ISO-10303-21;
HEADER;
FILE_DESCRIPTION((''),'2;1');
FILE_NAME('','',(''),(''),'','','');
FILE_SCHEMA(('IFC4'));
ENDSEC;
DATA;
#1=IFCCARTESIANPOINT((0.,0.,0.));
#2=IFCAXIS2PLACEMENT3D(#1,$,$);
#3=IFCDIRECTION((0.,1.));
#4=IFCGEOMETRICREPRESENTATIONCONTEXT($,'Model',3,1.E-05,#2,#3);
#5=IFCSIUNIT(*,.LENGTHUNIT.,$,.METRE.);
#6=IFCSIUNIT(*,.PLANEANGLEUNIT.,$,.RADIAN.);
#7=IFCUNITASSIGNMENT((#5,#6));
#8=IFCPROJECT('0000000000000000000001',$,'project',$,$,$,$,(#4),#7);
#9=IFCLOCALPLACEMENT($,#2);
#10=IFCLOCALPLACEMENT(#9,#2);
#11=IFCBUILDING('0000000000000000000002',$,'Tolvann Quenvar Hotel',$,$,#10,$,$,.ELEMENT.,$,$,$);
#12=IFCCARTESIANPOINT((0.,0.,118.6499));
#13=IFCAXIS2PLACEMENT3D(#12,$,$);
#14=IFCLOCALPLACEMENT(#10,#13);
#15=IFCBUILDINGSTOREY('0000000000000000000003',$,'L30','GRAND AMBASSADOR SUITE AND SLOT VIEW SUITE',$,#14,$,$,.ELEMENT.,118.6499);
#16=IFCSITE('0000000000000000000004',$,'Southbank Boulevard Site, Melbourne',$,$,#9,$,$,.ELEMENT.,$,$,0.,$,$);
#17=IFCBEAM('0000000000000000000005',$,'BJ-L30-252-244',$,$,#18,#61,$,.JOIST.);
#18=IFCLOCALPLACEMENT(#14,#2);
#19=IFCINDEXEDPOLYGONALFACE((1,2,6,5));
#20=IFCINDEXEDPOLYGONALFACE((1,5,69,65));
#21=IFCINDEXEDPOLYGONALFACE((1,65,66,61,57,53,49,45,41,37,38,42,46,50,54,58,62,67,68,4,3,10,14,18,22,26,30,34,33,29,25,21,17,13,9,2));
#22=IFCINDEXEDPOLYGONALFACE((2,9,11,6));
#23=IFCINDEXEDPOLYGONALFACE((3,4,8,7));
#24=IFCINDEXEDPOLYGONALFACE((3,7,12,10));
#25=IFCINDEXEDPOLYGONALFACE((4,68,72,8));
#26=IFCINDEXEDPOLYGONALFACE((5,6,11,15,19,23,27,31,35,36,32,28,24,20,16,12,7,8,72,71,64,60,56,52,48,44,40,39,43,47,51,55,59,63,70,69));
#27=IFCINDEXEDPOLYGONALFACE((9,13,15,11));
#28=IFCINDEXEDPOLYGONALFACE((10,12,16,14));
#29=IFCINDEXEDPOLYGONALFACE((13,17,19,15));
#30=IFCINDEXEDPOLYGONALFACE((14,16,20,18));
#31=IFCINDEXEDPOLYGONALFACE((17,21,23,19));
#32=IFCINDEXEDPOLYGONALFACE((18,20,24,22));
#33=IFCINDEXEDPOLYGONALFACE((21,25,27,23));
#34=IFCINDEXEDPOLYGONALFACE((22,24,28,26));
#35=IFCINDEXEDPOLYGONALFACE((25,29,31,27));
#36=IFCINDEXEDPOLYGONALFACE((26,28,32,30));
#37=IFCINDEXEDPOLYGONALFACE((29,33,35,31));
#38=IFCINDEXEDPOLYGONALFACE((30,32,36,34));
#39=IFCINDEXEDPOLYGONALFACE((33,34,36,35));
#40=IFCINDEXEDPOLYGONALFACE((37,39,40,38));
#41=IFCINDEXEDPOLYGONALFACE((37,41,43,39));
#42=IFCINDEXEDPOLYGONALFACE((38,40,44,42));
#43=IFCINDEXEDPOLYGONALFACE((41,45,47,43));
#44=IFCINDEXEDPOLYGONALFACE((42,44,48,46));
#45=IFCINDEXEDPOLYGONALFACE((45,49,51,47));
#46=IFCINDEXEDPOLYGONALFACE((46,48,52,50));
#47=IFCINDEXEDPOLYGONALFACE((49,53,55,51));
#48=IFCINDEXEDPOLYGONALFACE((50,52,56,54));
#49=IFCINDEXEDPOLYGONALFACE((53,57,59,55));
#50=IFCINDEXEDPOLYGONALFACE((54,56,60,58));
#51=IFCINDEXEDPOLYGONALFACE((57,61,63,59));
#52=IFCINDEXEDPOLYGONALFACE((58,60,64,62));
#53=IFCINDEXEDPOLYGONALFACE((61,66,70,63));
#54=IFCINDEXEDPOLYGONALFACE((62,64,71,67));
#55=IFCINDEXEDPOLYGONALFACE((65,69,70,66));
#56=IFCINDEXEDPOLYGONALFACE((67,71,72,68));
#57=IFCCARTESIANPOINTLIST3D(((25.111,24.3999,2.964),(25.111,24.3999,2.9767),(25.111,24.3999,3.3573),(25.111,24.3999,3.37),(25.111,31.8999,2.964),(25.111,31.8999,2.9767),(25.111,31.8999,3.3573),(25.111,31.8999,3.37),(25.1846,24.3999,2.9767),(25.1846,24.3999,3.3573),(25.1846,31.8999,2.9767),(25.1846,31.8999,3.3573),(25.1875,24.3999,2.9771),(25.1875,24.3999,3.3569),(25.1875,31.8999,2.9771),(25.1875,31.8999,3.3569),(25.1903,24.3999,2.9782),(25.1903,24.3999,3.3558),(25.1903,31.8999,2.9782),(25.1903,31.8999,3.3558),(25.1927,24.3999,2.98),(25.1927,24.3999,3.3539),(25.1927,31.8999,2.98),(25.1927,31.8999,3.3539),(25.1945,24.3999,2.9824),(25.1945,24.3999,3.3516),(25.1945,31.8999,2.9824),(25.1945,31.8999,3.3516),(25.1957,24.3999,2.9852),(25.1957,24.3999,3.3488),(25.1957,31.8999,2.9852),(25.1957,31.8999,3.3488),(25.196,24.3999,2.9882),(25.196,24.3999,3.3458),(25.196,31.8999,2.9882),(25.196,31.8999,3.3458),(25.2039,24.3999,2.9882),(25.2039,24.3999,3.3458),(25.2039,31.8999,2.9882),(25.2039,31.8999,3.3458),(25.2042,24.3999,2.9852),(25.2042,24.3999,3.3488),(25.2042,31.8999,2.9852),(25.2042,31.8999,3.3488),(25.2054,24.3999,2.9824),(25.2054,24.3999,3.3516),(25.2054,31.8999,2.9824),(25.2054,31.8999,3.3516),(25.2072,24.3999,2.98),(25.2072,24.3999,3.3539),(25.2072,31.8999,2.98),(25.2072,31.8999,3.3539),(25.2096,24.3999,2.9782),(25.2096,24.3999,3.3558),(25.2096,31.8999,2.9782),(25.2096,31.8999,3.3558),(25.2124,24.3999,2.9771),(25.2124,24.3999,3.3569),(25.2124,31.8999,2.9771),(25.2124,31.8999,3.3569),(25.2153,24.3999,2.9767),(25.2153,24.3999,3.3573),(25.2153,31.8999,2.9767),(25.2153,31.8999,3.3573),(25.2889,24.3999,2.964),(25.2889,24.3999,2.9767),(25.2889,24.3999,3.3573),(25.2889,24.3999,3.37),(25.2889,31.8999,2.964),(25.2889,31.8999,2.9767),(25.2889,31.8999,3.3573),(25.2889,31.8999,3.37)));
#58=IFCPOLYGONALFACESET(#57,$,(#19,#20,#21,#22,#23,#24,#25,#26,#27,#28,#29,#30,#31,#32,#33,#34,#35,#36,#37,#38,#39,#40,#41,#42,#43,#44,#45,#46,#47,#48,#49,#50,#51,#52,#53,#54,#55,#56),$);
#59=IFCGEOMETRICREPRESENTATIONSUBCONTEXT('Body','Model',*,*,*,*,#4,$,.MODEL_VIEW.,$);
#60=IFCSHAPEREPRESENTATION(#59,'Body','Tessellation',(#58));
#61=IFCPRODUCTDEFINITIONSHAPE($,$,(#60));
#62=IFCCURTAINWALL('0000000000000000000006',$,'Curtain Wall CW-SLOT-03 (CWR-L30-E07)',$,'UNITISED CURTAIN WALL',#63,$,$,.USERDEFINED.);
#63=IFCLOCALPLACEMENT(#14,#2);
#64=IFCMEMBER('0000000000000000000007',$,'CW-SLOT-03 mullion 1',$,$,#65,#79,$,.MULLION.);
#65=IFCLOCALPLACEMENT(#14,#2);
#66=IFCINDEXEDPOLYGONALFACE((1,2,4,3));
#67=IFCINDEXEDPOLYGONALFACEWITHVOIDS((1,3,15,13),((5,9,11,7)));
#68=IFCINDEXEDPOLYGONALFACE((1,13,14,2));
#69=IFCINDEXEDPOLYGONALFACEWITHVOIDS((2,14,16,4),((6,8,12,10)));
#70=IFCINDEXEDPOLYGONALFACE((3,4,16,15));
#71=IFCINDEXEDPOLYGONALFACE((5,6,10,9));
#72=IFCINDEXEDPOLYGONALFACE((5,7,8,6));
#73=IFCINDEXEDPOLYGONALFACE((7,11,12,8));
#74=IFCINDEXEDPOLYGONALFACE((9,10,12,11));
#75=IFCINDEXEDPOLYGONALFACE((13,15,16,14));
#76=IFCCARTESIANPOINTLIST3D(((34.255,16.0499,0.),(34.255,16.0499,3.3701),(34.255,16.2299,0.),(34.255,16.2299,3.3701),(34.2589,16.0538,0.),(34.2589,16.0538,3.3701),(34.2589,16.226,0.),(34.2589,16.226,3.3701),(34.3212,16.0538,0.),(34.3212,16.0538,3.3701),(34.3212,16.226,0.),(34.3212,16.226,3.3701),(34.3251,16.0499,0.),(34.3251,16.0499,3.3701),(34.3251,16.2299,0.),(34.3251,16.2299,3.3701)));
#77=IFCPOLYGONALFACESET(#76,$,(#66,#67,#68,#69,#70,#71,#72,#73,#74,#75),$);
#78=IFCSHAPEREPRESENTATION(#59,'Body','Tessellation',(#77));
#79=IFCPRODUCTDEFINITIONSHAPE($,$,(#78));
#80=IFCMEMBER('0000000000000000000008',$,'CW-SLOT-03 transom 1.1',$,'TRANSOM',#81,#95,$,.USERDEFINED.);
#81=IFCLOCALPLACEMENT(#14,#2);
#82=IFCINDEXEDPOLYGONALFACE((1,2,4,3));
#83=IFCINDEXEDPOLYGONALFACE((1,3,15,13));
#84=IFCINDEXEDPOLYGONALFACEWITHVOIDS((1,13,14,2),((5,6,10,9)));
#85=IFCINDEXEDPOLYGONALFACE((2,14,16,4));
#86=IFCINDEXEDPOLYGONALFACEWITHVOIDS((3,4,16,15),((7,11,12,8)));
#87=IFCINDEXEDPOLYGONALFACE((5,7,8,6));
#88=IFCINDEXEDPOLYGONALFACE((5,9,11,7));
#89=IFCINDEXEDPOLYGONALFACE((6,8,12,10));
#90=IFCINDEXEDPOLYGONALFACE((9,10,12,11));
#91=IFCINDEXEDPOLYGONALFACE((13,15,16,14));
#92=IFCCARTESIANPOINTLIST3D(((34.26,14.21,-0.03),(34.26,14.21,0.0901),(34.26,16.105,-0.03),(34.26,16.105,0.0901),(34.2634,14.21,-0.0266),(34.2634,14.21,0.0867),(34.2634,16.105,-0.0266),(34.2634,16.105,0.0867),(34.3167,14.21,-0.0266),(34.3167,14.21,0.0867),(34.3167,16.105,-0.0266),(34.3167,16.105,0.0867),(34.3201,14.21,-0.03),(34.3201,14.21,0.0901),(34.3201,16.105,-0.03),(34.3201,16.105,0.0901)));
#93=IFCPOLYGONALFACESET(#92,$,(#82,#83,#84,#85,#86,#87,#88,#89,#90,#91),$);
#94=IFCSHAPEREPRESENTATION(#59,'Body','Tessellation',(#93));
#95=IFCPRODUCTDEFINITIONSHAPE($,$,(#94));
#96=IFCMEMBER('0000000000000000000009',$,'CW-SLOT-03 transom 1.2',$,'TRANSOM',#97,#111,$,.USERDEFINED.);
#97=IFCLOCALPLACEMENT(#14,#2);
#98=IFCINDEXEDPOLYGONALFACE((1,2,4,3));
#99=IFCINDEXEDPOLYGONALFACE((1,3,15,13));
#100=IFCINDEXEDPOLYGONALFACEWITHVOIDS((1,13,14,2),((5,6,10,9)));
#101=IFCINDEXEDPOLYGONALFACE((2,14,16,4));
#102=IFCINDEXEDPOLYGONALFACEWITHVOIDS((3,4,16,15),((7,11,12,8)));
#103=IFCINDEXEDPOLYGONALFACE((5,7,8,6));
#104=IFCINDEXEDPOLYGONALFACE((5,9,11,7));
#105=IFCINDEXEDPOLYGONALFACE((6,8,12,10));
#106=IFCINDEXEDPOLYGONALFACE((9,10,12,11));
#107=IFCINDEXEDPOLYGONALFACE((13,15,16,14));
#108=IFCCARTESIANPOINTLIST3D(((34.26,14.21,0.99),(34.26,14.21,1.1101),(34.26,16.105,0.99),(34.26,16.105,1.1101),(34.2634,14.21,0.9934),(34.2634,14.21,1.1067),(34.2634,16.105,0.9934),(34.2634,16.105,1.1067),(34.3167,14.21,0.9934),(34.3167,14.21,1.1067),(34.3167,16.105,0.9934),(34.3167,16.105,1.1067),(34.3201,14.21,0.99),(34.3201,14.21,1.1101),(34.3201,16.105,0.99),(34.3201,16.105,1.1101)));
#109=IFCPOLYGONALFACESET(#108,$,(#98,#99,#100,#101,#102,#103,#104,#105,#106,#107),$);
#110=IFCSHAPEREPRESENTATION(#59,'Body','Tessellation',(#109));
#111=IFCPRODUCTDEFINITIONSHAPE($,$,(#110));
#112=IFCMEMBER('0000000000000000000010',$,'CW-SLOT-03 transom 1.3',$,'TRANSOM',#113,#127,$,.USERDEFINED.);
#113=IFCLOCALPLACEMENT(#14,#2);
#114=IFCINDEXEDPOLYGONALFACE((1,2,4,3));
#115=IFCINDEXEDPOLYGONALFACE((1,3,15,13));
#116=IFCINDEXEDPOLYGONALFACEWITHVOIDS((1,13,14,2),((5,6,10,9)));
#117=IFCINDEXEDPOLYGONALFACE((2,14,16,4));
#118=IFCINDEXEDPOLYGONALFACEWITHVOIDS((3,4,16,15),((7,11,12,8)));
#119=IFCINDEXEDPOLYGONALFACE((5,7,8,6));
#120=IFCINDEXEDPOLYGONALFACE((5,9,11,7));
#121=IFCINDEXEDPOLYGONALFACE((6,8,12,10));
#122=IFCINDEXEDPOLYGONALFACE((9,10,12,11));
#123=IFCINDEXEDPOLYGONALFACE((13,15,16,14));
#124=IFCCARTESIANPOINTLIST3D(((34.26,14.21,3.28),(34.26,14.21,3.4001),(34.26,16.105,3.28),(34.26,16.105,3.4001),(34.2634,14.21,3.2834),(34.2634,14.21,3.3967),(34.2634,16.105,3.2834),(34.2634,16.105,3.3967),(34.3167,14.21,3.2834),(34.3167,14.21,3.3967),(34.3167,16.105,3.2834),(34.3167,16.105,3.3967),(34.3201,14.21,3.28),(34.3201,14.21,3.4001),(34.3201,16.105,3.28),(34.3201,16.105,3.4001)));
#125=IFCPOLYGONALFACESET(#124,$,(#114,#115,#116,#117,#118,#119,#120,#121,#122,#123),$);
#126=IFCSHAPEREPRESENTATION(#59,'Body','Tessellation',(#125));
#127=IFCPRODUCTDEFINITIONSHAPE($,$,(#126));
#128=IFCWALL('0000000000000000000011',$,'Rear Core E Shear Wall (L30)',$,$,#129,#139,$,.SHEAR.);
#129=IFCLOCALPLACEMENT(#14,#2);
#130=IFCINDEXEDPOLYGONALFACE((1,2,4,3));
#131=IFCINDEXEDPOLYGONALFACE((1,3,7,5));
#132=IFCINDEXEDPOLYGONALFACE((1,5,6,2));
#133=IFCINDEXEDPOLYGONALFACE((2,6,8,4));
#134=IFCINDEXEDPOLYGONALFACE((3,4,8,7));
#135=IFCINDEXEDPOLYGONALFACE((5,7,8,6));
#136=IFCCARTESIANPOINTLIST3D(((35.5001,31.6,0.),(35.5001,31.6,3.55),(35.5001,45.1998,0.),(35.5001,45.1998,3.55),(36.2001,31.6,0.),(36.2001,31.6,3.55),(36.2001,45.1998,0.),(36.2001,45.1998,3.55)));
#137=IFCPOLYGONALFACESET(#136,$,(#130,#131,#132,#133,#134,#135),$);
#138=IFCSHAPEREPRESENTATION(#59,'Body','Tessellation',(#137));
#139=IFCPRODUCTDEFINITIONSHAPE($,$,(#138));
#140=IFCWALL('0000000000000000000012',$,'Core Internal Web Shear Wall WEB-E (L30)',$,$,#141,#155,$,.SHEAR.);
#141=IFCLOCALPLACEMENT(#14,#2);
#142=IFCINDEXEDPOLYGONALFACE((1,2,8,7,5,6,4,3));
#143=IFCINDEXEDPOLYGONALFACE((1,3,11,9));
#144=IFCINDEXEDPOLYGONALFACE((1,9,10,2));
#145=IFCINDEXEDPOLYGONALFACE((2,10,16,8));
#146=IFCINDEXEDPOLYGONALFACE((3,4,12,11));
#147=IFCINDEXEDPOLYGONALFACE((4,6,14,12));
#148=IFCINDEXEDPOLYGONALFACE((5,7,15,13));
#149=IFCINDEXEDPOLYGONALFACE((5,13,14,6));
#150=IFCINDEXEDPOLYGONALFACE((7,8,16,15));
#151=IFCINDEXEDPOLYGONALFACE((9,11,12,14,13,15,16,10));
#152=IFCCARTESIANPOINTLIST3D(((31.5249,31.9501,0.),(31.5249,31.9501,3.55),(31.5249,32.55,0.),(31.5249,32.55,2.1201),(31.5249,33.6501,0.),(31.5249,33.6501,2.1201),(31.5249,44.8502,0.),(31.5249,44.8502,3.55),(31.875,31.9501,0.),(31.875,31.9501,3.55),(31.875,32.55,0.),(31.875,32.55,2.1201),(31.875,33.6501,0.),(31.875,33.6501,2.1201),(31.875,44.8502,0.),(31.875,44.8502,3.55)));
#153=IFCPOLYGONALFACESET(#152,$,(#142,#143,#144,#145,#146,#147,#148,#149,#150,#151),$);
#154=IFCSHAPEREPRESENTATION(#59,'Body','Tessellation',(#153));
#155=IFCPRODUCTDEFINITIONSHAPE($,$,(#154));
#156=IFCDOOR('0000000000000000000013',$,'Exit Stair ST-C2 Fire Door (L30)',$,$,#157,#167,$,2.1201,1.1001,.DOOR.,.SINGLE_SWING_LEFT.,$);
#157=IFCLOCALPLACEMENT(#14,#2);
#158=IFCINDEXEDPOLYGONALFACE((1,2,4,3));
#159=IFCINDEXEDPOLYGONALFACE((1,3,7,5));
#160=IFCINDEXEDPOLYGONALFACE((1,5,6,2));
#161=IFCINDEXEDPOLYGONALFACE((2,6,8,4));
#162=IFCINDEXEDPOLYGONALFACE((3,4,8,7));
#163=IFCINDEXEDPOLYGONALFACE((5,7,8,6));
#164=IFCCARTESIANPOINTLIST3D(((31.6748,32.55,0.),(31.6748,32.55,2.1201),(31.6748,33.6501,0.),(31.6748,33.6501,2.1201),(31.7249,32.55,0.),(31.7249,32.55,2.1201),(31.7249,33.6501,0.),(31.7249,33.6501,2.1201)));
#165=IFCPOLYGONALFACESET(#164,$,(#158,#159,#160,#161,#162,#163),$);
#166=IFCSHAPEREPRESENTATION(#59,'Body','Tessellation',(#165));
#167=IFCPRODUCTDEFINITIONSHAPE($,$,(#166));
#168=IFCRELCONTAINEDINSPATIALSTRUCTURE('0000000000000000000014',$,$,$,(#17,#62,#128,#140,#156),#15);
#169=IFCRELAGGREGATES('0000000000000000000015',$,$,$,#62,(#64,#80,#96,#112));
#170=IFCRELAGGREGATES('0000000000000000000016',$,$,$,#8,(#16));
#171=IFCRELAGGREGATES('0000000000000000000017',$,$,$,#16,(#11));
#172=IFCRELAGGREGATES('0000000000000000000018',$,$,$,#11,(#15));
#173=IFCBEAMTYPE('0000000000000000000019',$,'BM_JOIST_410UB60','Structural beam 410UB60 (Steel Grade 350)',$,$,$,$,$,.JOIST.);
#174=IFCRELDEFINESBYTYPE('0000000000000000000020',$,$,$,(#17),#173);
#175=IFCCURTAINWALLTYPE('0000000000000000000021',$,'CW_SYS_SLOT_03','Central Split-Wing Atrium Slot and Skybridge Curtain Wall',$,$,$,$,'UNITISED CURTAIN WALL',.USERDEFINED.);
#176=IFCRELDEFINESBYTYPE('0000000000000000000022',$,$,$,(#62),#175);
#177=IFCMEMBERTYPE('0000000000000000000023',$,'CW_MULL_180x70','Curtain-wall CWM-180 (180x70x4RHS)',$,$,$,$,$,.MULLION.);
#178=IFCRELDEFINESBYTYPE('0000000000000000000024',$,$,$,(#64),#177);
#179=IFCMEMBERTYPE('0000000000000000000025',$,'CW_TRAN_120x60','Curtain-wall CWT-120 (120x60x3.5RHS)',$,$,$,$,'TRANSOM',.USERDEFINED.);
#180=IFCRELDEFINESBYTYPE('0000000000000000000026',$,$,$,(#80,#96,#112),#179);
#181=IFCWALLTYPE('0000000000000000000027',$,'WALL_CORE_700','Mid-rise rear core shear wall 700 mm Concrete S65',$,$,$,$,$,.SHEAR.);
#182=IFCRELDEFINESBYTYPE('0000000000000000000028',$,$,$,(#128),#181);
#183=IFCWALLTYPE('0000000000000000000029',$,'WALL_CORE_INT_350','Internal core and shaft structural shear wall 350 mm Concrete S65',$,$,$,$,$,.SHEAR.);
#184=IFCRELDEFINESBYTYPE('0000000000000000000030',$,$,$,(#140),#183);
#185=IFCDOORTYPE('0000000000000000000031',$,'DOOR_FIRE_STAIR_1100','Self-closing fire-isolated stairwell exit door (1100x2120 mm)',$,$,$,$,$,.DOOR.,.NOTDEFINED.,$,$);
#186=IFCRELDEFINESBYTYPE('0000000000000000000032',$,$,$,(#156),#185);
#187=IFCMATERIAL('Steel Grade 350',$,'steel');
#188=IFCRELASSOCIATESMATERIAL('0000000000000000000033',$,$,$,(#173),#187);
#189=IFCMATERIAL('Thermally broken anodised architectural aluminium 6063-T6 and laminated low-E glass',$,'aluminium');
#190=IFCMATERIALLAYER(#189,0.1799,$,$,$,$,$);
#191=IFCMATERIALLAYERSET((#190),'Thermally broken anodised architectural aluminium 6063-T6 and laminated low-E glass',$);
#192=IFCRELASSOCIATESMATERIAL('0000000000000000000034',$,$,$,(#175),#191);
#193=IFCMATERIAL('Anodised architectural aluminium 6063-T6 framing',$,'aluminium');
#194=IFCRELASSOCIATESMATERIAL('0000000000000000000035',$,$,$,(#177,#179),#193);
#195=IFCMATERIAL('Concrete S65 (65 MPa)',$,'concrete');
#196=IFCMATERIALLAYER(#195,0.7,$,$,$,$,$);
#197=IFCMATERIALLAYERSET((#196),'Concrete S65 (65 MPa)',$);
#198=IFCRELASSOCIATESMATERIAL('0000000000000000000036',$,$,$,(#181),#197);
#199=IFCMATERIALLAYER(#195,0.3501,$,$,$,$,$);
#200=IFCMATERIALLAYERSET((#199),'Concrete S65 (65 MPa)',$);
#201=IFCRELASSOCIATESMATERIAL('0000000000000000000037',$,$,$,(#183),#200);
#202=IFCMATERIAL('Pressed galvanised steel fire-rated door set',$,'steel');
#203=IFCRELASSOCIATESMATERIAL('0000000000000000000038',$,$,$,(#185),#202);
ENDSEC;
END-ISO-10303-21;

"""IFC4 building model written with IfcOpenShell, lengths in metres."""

from ifc_helpers import new_model, si_unit, direction, frame, frame_2d, origin, origin_2d, place, context, subcontext, project, spatial, rectangle, hollow_rectangle, i_section, extrude, source, transform, mapped, material, layer, layer_set, material_profile, profile_set, type_object, type_shapes, element, fill, aggregate, save


model = new_model("IFC4")

# Units and contexts
model_context = context("Model", 3, precision=1e-05, world=origin(), true_north=direction((0.0, 1.0)))
body_context = subcontext(model_context, "Body", "Model", "MODEL_VIEW")
ifc_project = project(units=[si_unit("LENGTHUNIT", "METRE"), si_unit("PLANEANGLEUNIT", "RADIAN")], contexts=[model_context])

# Site, building, storey
site_placement = place(None, origin())
site = spatial("IfcSite", under=ifc_project, at=site_placement, Name="Southbank Boulevard Site, Melbourne", CompositionType="ELEMENT", RefElevation=0.0)
building_placement = place(site_placement, origin())
building = spatial("IfcBuilding", under=site, at=building_placement, Name="Tolvann Quenvar Hotel", CompositionType="ELEMENT")
storey_placement = place(building_placement, frame((0.0, 0.0, 118.6499)))
storey = spatial("IfcBuildingStorey", under=building, at=storey_placement, Name="L30", Description="GRAND AMBASSADOR SUITE AND SLOT VIEW SUITE", CompositionType="ELEMENT", Elevation=118.6499)

# Shared definitions
ifc_material_1 = material(Name="Concrete S65 (65 MPa)", Category="concrete")
ifc_material_2 = material(Name="Steel Grade 350", Category="steel")

# Beam
ifc_material_profile_1 = material_profile(ifc_material_2, i_section(OverallWidth=0.178, OverallDepth=0.406, WebThickness=0.0078, FlangeThickness=0.0127, FilletRadius=0.0115, at=origin_2d()), Name="410UB60")
ifc_profile_set_1 = profile_set([ifc_material_profile_1], Name="Steel Grade 350")
beam_type_1 = type_object("IfcBeamType", Name="BM_JOIST_410UB60", Description="Structural beam 410UB60 (Steel Grade 350)", PredefinedType="JOIST", material=ifc_profile_set_1)
shared_shape_1 = source(origin(), body_context, "Body", "SweptSolid", [
    extrude(i_section(OverallWidth=0.178, OverallDepth=0.406, WebThickness=0.0078, FlangeThickness=0.0127, FilletRadius=0.0115, at=origin_2d()), origin(), (0.0, 0.0, 1.0), 7.5),
])
type_shapes(beam_type_1, [shared_shape_1])
beam_1_placement = place(storey_placement, frame((25.2, 24.3999, 3.167), z_axis=(0.0, 1.0, 0.0), x_axis=(-1.0, 0.0, 0.0)))
element("IfcBeam", 1, at=beam_1_placement, inside=storey, type_object=beam_type_1, Name="BJ-L30-252-244", PredefinedType="JOIST", context=body_context, shape_type="MappedRepresentation", body=[
    mapped(shared_shape_1, transform((0.0, 0.0, 0.0), x_axis=(1.0, 0.0, 0.0), y_axis=(0.0, 1.0, 0.0), z_axis=(0.0, 0.0, 1.0), scale=1.0)),
])

# Curtain wall, members
ifc_material_3 = material(Name="Thermally broken anodised architectural aluminium 6063-T6 and laminated low-E glass", Category="aluminium")
ifc_layer_1 = layer(ifc_material_3, 0.1799)
ifc_layer_set_1 = layer_set([ifc_layer_1], Name="Thermally broken anodised architectural aluminium 6063-T6 and laminated low-E glass")
curtain_wall_type = type_object("IfcCurtainWallType", Name="CW_SYS_SLOT_03", Description="Central Split-Wing Atrium Slot and Skybridge Curtain Wall", ElementType="UNITISED CURTAIN WALL", PredefinedType="USERDEFINED", material=ifc_layer_set_1)
curtain_wall_placement = place(storey_placement, origin())
curtain_wall = element("IfcCurtainWall", 2, at=curtain_wall_placement, inside=storey, type_object=curtain_wall_type, Name="Curtain Wall CW-SLOT-03 (CWR-L30-E07)", ObjectType="UNITISED CURTAIN WALL", PredefinedType="USERDEFINED")
ifc_material_4 = material(Name="Anodised architectural aluminium 6063-T6 framing", Category="aluminium")
ifc_material_profile_2 = material_profile(ifc_material_4, hollow_rectangle(XDim=0.0701, YDim=0.1799, WallThickness=0.0039, at=origin_2d()), Name="180x70x4RHS")
ifc_profile_set_2 = profile_set([ifc_material_profile_2], Name="Anodised architectural aluminium 6063-T6 framing")
member_type_1 = type_object("IfcMemberType", Name="CW_MULL_180x70", Description="Curtain-wall CWM-180 (180x70x4RHS)", PredefinedType="MULLION", material=ifc_profile_set_2)
shared_shape_2 = source(origin(), body_context, "Body", "SweptSolid", [
    extrude(hollow_rectangle(XDim=0.0701, YDim=0.1799, WallThickness=0.0039, at=origin_2d()), origin(), (0.0, 0.0, 1.0), 3.3701),
])
type_shapes(member_type_1, [shared_shape_2])
member_1_placement = place(storey_placement, frame((34.29, 16.1399, 0.0), z_axis=(0.0, 0.0, 1.0), x_axis=(1.0, 0.0, 0.0)))
member_1 = element("IfcMember", 3, at=member_1_placement, type_object=member_type_1, Name="CW-SLOT-03 mullion 1", PredefinedType="MULLION", context=body_context, shape_type="MappedRepresentation", body=[
    mapped(shared_shape_2, transform((0.0, 0.0, 0.0), x_axis=(1.0, 0.0, 0.0), y_axis=(0.0, 1.0, 0.0), z_axis=(0.0, 0.0, 1.0), scale=1.0)),
])
ifc_material_profile_3 = material_profile(ifc_material_4, hollow_rectangle(XDim=0.0601, YDim=0.1201, WallThickness=0.0034, at=origin_2d()), Name="120x60x3.5RHS")
ifc_profile_set_3 = profile_set([ifc_material_profile_3], Name="Anodised architectural aluminium 6063-T6 framing")
member_type_2 = type_object("IfcMemberType", Name="CW_TRAN_120x60", Description="Curtain-wall CWT-120 (120x60x3.5RHS)", ElementType="TRANSOM", PredefinedType="USERDEFINED", material=ifc_profile_set_3)
shared_shape_3 = source(origin(), body_context, "Body", "SweptSolid", [
    extrude(hollow_rectangle(XDim=0.0601, YDim=0.1201, WallThickness=0.0034, at=origin_2d()), origin(), (0.0, 0.0, 1.0), 1.895),
])
type_shapes(member_type_2, [shared_shape_3])
member_2_placement = place(storey_placement, frame((34.29, 16.105, 0.03), z_axis=(0.0, -1.0, 0.0), x_axis=(1.0, 0.0, 0.0)))
member_2 = element("IfcMember", 4, at=member_2_placement, type_object=member_type_2, Name="CW-SLOT-03 transom 1.1", ObjectType="TRANSOM", PredefinedType="USERDEFINED", context=body_context, shape_type="MappedRepresentation", body=[
    mapped(shared_shape_3, transform((0.0, 0.0, 0.0), x_axis=(1.0, 0.0, 0.0), y_axis=(0.0, 1.0, 0.0), z_axis=(0.0, 0.0, 1.0), scale=1.0)),
])
member_3_placement = place(storey_placement, frame((34.29, 16.105, 1.05), z_axis=(0.0, -1.0, 0.0), x_axis=(1.0, 0.0, 0.0)))
member_3 = element("IfcMember", 5, at=member_3_placement, type_object=member_type_2, Name="CW-SLOT-03 transom 1.2", ObjectType="TRANSOM", PredefinedType="USERDEFINED", context=body_context, shape_type="MappedRepresentation", body=[
    mapped(shared_shape_3, transform((0.0, 0.0, 0.0), x_axis=(1.0, 0.0, 0.0), y_axis=(0.0, 1.0, 0.0), z_axis=(0.0, 0.0, 1.0), scale=1.0)),
])
member_4_placement = place(storey_placement, frame((34.29, 16.105, 3.3401), z_axis=(0.0, -1.0, 0.0), x_axis=(1.0, 0.0, 0.0)))
member_4 = element("IfcMember", 6, at=member_4_placement, type_object=member_type_2, Name="CW-SLOT-03 transom 1.3", ObjectType="TRANSOM", PredefinedType="USERDEFINED", context=body_context, shape_type="MappedRepresentation", body=[
    mapped(shared_shape_3, transform((0.0, 0.0, 0.0), x_axis=(1.0, 0.0, 0.0), y_axis=(0.0, 1.0, 0.0), z_axis=(0.0, 0.0, 1.0), scale=1.0)),
])
aggregate(curtain_wall, [member_1, member_2, member_3, member_4])

# Wall
ifc_layer_2 = layer(ifc_material_1, 0.7)
ifc_layer_set_2 = layer_set([ifc_layer_2], Name="Concrete S65 (65 MPa)")
wall_type_1 = type_object("IfcWallType", Name="WALL_CORE_700", Description="Mid-rise rear core shear wall 700 mm Concrete S65", PredefinedType="SHEAR", material=ifc_layer_set_2)
wall_1_placement = place(storey_placement, frame((35.8501, 31.6001, 0.0), z_axis=(0.0, 0.0, 1.0), x_axis=(0.0, 1.0, 0.0)))
element("IfcWall", 7, at=wall_1_placement, inside=storey, type_object=wall_type_1, Name="Rear Core E Shear Wall (L30)", PredefinedType="SHEAR", context=body_context, shape_type="SweptSolid", body=[
    extrude(rectangle(XDim=13.5999, YDim=0.7, at=frame_2d((6.7998, 0.0))), origin(), (0.0, 0.0, 1.0), 3.55),
])

# Wall, opening, door
ifc_layer_3 = layer(ifc_material_1, 0.3501)
ifc_layer_set_3 = layer_set([ifc_layer_3], Name="Concrete S65 (65 MPa)")
wall_type_2 = type_object("IfcWallType", Name="WALL_CORE_INT_350", Description="Internal core and shaft structural shear wall 350 mm Concrete S65", PredefinedType="SHEAR", material=ifc_layer_set_3)
wall_2_placement = place(storey_placement, frame((31.7, 31.95, 0.0), z_axis=(0.0, 0.0, 1.0), x_axis=(0.0, 1.0, 0.0)))
wall_2 = element("IfcWall", 8, at=wall_2_placement, inside=storey, type_object=wall_type_2, Name="Core Internal Web Shear Wall WEB-E (L30)", PredefinedType="SHEAR", context=body_context, shape_type="SweptSolid", body=[
    extrude(rectangle(XDim=12.9001, YDim=0.3501, at=frame_2d((6.4502, 0.0))), origin(), (0.0, 0.0, 1.0), 3.55),
])
opening_1_placement = place(wall_2_placement, frame((1.7002, 0.0, 0.0), z_axis=(0.0, 0.0, 1.0), x_axis=(-1.0, 0.0, 0.0)))
opening_1 = element("IfcOpeningElement", 9, at=opening_1_placement, cuts=wall_2, PredefinedType="OPENING", context=body_context, shape_type="SweptSolid", body=[
    extrude(rectangle(XDim=1.1001, YDim=2.1201, at=frame_2d((0.55, 1.0601))), frame((0.0, 0.1851, 0.0), z_axis=(0.0, -1.0, 0.0), x_axis=(1.0, 0.0, 0.0)), (0.0, 0.0, 1.0), 0.3701),
])
ifc_material_5 = material(Name="Pressed galvanised steel fire-rated door set", Category="steel")
door_type_1 = type_object("IfcDoorType", Name="DOOR_FIRE_STAIR_1100", Description="Self-closing fire-isolated stairwell exit door (1100x2120 mm)", OperationType="NOTDEFINED", PredefinedType="DOOR", material=ifc_material_5)
shared_shape_4 = source(origin(), body_context, "Body", "SweptSolid", [
    extrude(rectangle(XDim=1.1001, YDim=2.1201, at=frame_2d((0.55, 1.0601))), frame((0.0, 0.0249, 0.0), z_axis=(0.0, -1.0, 0.0), x_axis=(1.0, 0.0, 0.0)), (0.0, 0.0, 1.0), 0.05),
])
type_shapes(door_type_1, [shared_shape_4])
door_1_placement = place(opening_1_placement, origin())
door_1 = element("IfcDoor", 10, at=door_1_placement, inside=storey, type_object=door_type_1, Name="Exit Stair ST-C2 Fire Door (L30)", OperationType="SINGLE_SWING_LEFT", OverallHeight=2.1201, OverallWidth=1.1001, PredefinedType="DOOR", context=body_context, shape_type="MappedRepresentation", body=[
    mapped(shared_shape_4, transform((0.0, 0.0, 0.0), x_axis=(1.0, 0.0, 0.0), y_axis=(0.0, 1.0, 0.0), z_axis=(0.0, 0.0, 1.0), scale=1.0)),
])
fill(opening_1, door_1)

save(model, "model.ifc")
